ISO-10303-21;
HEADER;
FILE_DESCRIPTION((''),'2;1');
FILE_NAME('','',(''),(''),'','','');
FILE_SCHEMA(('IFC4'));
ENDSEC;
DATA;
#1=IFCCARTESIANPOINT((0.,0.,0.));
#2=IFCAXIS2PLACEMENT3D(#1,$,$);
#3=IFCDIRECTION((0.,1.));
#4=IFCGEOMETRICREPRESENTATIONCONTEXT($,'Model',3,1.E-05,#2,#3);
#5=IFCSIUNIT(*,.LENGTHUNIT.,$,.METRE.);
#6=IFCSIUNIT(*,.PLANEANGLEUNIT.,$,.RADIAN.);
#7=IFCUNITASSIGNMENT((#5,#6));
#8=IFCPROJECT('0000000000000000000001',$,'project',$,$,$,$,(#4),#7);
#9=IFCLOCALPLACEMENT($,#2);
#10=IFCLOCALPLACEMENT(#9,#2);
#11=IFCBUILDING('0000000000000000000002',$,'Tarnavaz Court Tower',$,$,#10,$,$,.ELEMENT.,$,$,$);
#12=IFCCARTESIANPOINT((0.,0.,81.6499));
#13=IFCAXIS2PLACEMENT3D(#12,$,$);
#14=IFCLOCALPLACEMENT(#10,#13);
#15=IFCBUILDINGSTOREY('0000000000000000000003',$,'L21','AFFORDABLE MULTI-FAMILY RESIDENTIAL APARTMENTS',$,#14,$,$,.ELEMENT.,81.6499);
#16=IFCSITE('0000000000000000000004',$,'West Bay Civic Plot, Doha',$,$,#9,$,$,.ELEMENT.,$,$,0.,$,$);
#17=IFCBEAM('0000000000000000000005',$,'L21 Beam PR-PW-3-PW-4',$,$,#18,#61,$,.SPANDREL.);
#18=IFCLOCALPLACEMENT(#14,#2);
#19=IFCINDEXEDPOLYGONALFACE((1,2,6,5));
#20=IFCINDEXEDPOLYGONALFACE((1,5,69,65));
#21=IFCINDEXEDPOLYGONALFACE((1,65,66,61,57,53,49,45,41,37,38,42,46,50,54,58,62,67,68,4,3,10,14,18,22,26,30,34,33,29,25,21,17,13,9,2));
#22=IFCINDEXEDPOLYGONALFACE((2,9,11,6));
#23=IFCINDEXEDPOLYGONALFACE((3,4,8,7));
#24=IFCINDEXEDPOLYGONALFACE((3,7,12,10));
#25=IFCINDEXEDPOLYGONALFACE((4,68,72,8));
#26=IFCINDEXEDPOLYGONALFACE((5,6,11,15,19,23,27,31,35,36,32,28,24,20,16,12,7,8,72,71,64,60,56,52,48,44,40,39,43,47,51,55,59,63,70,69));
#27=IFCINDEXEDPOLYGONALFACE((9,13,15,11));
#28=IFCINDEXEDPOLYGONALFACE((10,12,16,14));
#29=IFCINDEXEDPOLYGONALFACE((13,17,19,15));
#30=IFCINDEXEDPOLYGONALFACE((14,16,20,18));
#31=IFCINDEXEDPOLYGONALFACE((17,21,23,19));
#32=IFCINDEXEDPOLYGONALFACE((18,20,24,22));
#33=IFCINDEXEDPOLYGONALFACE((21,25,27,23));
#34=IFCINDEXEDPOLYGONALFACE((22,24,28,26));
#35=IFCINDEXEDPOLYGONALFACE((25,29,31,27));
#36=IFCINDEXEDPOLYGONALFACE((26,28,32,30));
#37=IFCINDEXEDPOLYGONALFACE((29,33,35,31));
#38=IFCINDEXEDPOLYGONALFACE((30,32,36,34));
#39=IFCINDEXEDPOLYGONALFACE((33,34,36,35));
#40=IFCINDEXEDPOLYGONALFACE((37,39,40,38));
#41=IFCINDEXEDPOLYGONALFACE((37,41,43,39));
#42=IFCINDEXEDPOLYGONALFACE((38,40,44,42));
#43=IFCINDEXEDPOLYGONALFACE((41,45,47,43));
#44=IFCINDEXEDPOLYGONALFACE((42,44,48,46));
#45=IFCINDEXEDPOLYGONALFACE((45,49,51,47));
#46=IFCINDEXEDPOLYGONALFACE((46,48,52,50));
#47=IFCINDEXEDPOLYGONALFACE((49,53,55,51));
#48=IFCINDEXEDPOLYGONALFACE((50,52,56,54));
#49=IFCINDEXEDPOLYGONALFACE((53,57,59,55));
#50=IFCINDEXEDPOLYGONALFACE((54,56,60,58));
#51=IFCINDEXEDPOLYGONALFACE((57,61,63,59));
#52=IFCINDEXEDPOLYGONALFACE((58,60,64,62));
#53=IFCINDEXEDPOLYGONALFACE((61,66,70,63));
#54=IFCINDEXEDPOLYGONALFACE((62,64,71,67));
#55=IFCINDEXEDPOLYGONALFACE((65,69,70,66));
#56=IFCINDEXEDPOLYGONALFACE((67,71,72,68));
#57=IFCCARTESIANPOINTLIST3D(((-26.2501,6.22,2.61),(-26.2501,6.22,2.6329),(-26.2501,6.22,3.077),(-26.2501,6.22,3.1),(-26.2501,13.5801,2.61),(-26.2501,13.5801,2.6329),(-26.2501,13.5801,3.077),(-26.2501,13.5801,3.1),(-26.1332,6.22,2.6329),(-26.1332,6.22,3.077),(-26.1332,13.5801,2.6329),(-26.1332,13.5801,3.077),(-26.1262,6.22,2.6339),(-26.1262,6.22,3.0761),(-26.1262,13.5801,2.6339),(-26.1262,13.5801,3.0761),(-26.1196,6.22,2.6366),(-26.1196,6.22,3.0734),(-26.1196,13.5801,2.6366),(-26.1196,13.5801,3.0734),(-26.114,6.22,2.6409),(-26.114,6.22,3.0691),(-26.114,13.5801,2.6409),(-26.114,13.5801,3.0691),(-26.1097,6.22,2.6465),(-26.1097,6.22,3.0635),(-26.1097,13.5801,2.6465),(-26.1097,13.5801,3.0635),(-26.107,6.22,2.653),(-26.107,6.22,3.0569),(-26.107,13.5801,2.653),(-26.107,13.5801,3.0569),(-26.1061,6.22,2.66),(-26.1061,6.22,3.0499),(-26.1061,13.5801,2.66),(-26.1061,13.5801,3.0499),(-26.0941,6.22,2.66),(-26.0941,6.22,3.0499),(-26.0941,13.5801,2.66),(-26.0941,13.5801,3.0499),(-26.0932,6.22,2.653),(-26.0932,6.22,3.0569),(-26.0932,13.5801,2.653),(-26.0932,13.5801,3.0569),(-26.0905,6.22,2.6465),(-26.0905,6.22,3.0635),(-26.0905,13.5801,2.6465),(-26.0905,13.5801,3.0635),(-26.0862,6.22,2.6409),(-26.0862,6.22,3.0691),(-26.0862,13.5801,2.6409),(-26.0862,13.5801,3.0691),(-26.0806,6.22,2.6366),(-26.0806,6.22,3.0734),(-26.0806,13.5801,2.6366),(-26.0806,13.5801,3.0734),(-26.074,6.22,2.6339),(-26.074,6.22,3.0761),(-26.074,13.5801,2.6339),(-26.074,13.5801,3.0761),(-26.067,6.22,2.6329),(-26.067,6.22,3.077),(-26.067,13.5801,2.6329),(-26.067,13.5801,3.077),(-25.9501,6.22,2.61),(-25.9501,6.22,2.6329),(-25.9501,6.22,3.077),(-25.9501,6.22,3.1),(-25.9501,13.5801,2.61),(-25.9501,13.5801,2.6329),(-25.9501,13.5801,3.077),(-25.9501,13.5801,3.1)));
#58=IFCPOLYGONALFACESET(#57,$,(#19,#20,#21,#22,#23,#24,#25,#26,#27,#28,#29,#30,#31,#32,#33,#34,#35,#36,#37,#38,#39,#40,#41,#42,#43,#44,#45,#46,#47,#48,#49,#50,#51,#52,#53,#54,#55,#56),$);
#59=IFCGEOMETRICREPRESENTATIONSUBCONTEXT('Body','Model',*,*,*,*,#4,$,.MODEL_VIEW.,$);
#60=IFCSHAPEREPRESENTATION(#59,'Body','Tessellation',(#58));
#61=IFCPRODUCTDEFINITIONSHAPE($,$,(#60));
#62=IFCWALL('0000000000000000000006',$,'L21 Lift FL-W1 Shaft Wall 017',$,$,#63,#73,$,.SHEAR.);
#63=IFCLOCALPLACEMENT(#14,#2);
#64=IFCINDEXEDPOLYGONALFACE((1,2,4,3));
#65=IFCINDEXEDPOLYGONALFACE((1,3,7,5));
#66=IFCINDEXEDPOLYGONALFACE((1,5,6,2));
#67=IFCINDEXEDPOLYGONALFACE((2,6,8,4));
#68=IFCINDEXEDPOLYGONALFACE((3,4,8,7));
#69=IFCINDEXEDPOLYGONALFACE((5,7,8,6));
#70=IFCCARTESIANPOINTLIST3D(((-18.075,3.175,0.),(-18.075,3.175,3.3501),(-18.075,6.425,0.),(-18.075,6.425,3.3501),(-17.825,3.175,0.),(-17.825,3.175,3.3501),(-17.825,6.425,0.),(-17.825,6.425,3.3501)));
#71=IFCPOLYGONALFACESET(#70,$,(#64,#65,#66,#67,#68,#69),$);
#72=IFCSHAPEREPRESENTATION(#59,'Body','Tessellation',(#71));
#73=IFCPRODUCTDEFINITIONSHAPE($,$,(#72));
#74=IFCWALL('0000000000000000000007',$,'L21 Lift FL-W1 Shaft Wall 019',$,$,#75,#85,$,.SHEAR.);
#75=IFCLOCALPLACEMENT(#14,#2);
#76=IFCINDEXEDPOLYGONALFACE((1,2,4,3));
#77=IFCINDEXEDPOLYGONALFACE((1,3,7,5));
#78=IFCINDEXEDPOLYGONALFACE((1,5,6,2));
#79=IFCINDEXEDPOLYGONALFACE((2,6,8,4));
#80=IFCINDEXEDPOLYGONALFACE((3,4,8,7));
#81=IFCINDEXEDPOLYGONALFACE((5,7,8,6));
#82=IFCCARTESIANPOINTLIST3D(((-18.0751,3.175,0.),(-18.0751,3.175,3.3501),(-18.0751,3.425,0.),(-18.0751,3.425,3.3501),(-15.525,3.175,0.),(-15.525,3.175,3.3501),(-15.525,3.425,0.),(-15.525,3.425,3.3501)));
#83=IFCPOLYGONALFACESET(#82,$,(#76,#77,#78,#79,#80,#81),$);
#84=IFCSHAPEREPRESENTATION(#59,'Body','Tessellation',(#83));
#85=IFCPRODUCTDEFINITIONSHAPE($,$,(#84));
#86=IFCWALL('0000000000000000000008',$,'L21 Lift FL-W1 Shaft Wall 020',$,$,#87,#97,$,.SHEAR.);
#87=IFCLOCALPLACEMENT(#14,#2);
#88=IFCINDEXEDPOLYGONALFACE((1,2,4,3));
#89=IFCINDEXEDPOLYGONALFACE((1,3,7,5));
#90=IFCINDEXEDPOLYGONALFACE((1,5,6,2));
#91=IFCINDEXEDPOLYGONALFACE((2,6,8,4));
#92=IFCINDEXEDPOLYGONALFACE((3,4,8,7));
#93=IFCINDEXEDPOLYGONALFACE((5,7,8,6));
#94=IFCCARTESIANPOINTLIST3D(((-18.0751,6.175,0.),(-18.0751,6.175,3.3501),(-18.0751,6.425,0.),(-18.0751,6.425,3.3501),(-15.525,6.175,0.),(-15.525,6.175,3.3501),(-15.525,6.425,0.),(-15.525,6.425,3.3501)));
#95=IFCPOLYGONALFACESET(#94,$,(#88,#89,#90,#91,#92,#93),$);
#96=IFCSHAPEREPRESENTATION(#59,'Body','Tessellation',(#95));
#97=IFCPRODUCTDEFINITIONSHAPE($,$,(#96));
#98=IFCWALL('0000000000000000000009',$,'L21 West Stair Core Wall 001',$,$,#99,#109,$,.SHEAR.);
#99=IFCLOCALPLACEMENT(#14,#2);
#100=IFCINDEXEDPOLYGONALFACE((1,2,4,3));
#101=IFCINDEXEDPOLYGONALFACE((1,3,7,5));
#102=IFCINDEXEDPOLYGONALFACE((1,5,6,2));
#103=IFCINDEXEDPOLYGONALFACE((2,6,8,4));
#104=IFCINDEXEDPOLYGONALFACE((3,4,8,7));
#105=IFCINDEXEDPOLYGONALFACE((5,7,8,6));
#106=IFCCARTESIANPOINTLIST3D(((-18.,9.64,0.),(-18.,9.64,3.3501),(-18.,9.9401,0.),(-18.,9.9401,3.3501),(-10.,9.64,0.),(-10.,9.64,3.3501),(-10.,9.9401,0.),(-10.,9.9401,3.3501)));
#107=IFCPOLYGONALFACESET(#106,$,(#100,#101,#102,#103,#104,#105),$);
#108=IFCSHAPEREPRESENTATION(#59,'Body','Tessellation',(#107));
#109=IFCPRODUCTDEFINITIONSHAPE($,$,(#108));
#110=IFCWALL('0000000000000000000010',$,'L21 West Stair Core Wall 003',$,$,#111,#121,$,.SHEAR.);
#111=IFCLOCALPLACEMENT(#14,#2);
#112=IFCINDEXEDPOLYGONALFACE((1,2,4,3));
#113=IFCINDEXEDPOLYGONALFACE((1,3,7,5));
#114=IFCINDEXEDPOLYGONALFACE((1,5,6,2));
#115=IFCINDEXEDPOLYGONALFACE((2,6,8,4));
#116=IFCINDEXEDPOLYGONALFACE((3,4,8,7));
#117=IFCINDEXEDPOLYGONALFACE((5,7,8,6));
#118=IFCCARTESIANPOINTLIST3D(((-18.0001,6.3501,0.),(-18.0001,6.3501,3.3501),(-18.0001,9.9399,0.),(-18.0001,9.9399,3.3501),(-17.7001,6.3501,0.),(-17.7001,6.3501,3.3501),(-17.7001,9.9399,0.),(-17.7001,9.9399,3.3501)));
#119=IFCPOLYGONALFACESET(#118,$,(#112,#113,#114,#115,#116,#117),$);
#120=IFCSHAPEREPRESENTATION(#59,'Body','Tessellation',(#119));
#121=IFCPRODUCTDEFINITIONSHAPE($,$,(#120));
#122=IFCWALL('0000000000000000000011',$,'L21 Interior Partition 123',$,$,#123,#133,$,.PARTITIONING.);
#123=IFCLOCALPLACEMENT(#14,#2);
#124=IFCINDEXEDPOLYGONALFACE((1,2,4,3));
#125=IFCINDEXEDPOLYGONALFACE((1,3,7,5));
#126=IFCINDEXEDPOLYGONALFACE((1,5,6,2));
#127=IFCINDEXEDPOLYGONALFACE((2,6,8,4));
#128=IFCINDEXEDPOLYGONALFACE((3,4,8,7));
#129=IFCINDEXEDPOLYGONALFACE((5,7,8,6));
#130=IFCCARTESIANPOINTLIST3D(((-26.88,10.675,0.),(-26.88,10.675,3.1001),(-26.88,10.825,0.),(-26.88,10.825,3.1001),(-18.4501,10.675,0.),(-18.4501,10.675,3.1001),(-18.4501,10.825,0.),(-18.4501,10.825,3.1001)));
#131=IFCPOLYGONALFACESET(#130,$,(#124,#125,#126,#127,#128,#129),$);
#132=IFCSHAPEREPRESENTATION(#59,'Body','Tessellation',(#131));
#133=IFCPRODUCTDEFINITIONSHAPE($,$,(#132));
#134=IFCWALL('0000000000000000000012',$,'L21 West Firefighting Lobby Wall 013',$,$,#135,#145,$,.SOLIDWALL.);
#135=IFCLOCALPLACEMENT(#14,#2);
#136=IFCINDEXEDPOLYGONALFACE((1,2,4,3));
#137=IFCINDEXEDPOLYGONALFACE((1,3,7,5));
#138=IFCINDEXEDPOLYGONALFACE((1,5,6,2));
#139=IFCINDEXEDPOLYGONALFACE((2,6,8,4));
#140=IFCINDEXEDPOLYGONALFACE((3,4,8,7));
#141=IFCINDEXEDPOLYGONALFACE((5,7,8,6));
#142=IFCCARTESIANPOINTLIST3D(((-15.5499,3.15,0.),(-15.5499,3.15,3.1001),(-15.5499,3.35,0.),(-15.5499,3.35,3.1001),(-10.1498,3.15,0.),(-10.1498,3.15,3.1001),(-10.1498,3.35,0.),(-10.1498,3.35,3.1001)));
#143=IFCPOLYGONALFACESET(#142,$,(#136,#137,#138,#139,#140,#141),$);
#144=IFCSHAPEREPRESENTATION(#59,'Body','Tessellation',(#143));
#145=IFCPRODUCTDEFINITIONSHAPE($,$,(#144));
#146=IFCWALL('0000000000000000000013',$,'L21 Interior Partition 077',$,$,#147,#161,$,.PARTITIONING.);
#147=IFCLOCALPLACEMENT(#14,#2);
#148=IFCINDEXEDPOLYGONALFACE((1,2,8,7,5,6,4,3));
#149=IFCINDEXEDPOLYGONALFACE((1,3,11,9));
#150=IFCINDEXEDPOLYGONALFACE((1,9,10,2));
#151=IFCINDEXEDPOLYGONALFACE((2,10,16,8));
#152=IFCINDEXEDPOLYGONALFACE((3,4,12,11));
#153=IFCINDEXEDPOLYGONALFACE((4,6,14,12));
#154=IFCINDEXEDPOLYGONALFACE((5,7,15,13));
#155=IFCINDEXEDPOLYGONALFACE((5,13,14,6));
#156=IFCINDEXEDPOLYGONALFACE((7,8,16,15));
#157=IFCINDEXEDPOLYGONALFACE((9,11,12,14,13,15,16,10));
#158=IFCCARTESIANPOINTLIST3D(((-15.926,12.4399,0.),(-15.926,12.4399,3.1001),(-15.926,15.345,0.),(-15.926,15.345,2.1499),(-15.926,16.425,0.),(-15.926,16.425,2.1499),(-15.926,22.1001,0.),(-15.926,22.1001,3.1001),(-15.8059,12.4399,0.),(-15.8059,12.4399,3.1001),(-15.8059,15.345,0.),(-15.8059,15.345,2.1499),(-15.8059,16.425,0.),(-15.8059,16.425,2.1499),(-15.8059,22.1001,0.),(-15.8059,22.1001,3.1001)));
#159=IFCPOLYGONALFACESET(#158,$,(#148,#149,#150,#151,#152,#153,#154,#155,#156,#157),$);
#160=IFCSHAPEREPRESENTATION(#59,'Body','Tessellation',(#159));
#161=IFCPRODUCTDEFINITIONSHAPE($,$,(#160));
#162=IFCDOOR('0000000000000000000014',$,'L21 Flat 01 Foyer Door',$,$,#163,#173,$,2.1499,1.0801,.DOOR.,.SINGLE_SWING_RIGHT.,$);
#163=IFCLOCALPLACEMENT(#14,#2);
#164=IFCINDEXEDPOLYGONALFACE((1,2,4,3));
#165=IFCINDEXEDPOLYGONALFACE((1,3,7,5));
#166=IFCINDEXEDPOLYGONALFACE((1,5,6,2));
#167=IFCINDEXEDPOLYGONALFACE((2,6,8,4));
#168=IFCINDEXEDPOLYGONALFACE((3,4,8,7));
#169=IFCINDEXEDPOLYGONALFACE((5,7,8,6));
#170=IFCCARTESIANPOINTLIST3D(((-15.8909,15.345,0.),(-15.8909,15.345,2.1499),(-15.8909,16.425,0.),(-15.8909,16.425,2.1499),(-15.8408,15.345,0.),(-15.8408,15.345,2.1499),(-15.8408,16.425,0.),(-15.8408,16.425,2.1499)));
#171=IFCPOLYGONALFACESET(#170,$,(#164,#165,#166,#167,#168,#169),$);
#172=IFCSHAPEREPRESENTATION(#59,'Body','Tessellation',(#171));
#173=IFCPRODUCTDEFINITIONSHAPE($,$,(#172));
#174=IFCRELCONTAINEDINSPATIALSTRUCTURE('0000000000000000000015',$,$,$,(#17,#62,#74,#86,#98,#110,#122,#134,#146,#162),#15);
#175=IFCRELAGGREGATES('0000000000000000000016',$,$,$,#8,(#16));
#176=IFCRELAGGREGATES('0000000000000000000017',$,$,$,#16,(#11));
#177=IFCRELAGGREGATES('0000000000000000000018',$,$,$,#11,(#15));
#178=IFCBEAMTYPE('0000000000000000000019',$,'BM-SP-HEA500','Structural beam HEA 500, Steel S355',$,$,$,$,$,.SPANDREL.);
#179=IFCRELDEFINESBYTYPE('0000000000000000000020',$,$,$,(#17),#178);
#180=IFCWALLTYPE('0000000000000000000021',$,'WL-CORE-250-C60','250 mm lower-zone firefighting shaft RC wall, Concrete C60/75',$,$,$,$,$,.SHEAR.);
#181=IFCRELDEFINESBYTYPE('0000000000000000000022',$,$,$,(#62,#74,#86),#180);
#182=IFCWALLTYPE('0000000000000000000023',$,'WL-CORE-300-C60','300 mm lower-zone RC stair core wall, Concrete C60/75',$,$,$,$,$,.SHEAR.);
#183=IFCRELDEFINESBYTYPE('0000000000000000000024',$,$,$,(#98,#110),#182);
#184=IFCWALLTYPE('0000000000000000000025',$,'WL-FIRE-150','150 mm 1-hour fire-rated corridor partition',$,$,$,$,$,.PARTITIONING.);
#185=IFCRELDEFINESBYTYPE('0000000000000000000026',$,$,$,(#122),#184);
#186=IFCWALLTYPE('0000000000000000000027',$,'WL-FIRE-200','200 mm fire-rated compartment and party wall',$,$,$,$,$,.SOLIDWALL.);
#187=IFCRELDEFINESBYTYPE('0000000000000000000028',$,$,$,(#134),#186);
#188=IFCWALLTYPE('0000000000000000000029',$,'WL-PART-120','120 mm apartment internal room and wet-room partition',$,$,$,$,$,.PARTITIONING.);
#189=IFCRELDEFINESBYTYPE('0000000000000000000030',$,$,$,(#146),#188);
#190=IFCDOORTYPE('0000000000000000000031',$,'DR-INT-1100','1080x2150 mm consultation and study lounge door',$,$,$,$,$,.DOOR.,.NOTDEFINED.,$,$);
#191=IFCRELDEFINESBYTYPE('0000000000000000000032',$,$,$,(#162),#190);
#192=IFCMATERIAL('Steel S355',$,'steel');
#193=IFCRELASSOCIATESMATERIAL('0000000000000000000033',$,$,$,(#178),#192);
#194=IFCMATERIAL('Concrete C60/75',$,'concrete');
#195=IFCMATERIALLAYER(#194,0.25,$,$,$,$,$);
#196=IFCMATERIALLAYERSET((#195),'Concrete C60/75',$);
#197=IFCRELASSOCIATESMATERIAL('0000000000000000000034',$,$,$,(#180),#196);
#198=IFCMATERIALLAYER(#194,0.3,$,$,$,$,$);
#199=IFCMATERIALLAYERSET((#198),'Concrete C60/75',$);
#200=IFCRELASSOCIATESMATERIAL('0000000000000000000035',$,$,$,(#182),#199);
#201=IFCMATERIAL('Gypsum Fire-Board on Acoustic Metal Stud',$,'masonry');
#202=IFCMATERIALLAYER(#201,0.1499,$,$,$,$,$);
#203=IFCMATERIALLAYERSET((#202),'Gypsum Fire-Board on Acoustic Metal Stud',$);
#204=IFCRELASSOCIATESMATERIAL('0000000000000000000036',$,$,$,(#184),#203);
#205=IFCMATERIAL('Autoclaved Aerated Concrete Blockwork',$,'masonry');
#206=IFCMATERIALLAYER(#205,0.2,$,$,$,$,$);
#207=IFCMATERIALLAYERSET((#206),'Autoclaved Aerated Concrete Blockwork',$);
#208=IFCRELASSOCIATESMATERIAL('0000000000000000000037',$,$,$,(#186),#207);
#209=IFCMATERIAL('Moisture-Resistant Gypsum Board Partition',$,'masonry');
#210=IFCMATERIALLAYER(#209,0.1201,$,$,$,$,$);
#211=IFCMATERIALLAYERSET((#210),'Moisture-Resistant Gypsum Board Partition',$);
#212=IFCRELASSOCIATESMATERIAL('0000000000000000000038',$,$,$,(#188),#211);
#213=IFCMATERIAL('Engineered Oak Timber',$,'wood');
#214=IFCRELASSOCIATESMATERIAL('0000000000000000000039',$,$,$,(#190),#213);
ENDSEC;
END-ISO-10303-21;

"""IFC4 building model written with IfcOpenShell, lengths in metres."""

from ifc_helpers import new_model, si_unit, direction, frame, frame_2d, origin, origin_2d, place, context, subcontext, project, spatial, rectangle, i_section, extrude, material, layer, layer_set, material_profile, profile_set, type_object, element, fill, save


model = new_model("IFC4")

# Units and contexts
model_context = context("Model", 3, precision=1e-05, world=origin(), true_north=direction((0.0, 1.0)))
body_context = subcontext(model_context, "Body", "Model", "MODEL_VIEW")
ifc_project = project(units=[si_unit("LENGTHUNIT", "METRE"), si_unit("PLANEANGLEUNIT", "RADIAN")], contexts=[model_context])

# Site, building, storey
site_placement = place(None, origin())
site = spatial("IfcSite", under=ifc_project, at=site_placement, Name="West Bay Civic Plot, Doha", CompositionType="ELEMENT", RefElevation=0.0)
building_placement = place(site_placement, origin())
building = spatial("IfcBuilding", under=site, at=building_placement, Name="Tarnavaz Court Tower", CompositionType="ELEMENT")
storey_placement = place(building_placement, frame((0.0, 0.0, 81.6499)))
storey = spatial("IfcBuildingStorey", under=building, at=storey_placement, Name="L21", Description="AFFORDABLE MULTI-FAMILY RESIDENTIAL APARTMENTS", CompositionType="ELEMENT", Elevation=81.6499)

# Shared definitions
ifc_material_1 = material(Name="Concrete C60/75", Category="concrete")

# Beam
ifc_material_2 = material(Name="Steel S355", Category="steel")
ifc_material_profile_1 = material_profile(ifc_material_2, i_section(OverallWidth=0.3, OverallDepth=0.49, WebThickness=0.012, FlangeThickness=0.0229, FilletRadius=0.0271, at=origin_2d()), Name="HEA 500")
ifc_profile_set_1 = profile_set([ifc_material_profile_1], Name="Steel S355")
beam_type_1 = type_object("IfcBeamType", Name="BM-SP-HEA500", Description="Structural beam HEA 500, Steel S355", PredefinedType="SPANDREL", material=ifc_profile_set_1)
beam_1_placement = place(storey_placement, frame((-26.1001, 6.22, 2.855), z_axis=(0.0, 1.0, 0.0), x_axis=(-1.0, 0.0, 0.0)))
element("IfcBeam", 1, at=beam_1_placement, inside=storey, type_object=beam_type_1, Name="L21 Beam PR-PW-3-PW-4", PredefinedType="SPANDREL", context=body_context, shape_type="SweptSolid", body=[
    extrude(i_section(OverallWidth=0.3, OverallDepth=0.49, WebThickness=0.012, FlangeThickness=0.0229, FilletRadius=0.0271, at=origin_2d()), origin(), (0.0, 0.0, 1.0), 7.3601),
])

# Wall
ifc_layer_1 = layer(ifc_material_1, 0.25)
ifc_layer_set_1 = layer_set([ifc_layer_1], Name="Concrete C60/75")
wall_type_1 = type_object("IfcWallType", Name="WL-CORE-250-C60", Description="250 mm lower-zone firefighting shaft RC wall, Concrete C60/75", PredefinedType="SHEAR", material=ifc_layer_set_1)
wall_1_placement = place(storey_placement, frame((-17.95, 3.175, 0.0), z_axis=(0.0, 0.0, 1.0), x_axis=(0.0, 1.0, 0.0)))
element("IfcWall", 2, at=wall_1_placement, inside=storey, type_object=wall_type_1, Name="L21 Lift FL-W1 Shaft Wall 017", PredefinedType="SHEAR", context=body_context, shape_type="SweptSolid", body=[
    extrude(rectangle(XDim=3.25, YDim=0.25, at=frame_2d((1.625, 0.0))), origin(), (0.0, 0.0, 1.0), 3.3501),
])

# Walls
for number, where, z_axis, x_axis, name in (
    (3, (-18.075, 3.3, 0.0), (0.0, 0.0, 1.0), (1.0, 0.0, 0.0), "L21 Lift FL-W1 Shaft Wall 019"),
    (4, (-18.075, 6.3, 0.0), (0.0, 0.0, 1.0), (1.0, 0.0, 0.0), "L21 Lift FL-W1 Shaft Wall 020"),
):
    element("IfcWall", number, at=place(storey_placement, frame(where, z_axis=z_axis, x_axis=x_axis)), inside=storey, type_object=wall_type_1, Name=name, PredefinedType="SHEAR", context=body_context, shape_type="SweptSolid", body=[
        extrude(rectangle(XDim=2.55, YDim=0.25, at=frame_2d((1.2749, 0.0))), origin(), (0.0, 0.0, 1.0), 3.3501),
    ])
ifc_layer_2 = layer(ifc_material_1, 0.3)
ifc_layer_set_2 = layer_set([ifc_layer_2], Name="Concrete C60/75")
wall_type_2 = type_object("IfcWallType", Name="WL-CORE-300-C60", Description="300 mm lower-zone RC stair core wall, Concrete C60/75", PredefinedType="SHEAR", material=ifc_layer_set_2)
wall_2_placement = place(storey_placement, frame((-18.0, 9.79, 0.0), z_axis=(0.0, 0.0, 1.0), x_axis=(1.0, 0.0, 0.0)))
element("IfcWall", 5, at=wall_2_placement, inside=storey, type_object=wall_type_2, Name="L21 West Stair Core Wall 001", PredefinedType="SHEAR", context=body_context, shape_type="SweptSolid", body=[
    extrude(rectangle(XDim=8.0, YDim=0.3, at=frame_2d((4.0, 0.0))), origin(), (0.0, 0.0, 1.0), 3.3501),
])

# Walls
wall_3_placement = place(storey_placement, frame((-17.8501, 6.3501, 0.0), z_axis=(0.0, 0.0, 1.0), x_axis=(0.0, 1.0, 0.0)))
element("IfcWall", 6, at=wall_3_placement, inside=storey, type_object=wall_type_2, Name="L21 West Stair Core Wall 003", PredefinedType="SHEAR", context=body_context, shape_type="SweptSolid", body=[
    extrude(rectangle(XDim=3.5898, YDim=0.3, at=frame_2d((1.7949, 0.0))), origin(), (0.0, 0.0, 1.0), 3.3501),
])
ifc_material_3 = material(Name="Gypsum Fire-Board on Acoustic Metal Stud", Category="masonry")
ifc_layer_3 = layer(ifc_material_3, 0.1499)
ifc_layer_set_3 = layer_set([ifc_layer_3], Name="Gypsum Fire-Board on Acoustic Metal Stud")
wall_type_3 = type_object("IfcWallType", Name="WL-FIRE-150", Description="150 mm 1-hour fire-rated corridor partition", PredefinedType="PARTITIONING", material=ifc_layer_set_3)
wall_4_placement = place(storey_placement, frame((-26.8799, 10.75, 0.0), z_axis=(0.0, 0.0, 1.0), x_axis=(1.0, 0.0, 0.0)))
element("IfcWall", 7, at=wall_4_placement, inside=storey, type_object=wall_type_3, Name="L21 Interior Partition 123", PredefinedType="PARTITIONING", context=body_context, shape_type="SweptSolid", body=[
    extrude(rectangle(XDim=8.4299, YDim=0.1499, at=frame_2d((4.2148, 0.0))), origin(), (0.0, 0.0, 1.0), 3.1001),
])
ifc_material_4 = material(Name="Autoclaved Aerated Concrete Blockwork", Category="masonry")
ifc_layer_4 = layer(ifc_material_4, 0.2)
ifc_layer_set_4 = layer_set([ifc_layer_4], Name="Autoclaved Aerated Concrete Blockwork")
wall_type_4 = type_object("IfcWallType", Name="WL-FIRE-200", Description="200 mm fire-rated compartment and party wall", PredefinedType="SOLIDWALL", material=ifc_layer_set_4)
wall_5_placement = place(storey_placement, frame((-15.55, 3.25, 0.0), z_axis=(0.0, 0.0, 1.0), x_axis=(1.0, 0.0, 0.0)))
element("IfcWall", 8, at=wall_5_placement, inside=storey, type_object=wall_type_4, Name="L21 West Firefighting Lobby Wall 013", PredefinedType="SOLIDWALL", context=body_context, shape_type="SweptSolid", body=[
    extrude(rectangle(XDim=5.4001, YDim=0.2, at=frame_2d((2.7002, 0.0))), origin(), (0.0, 0.0, 1.0), 3.1001),
])

# Wall, opening, door
ifc_material_5 = material(Name="Moisture-Resistant Gypsum Board Partition", Category="masonry")
ifc_layer_5 = layer(ifc_material_5, 0.1201)
ifc_layer_set_5 = layer_set([ifc_layer_5], Name="Moisture-Resistant Gypsum Board Partition")
wall_type_5 = type_object("IfcWallType", Name="WL-PART-120", Description="120 mm apartment internal room and wet-room partition", PredefinedType="PARTITIONING", material=ifc_layer_set_5)
wall_6_placement = place(storey_placement, frame((-15.866, 12.4399, 0.0), z_axis=(0.0, 0.0, 1.0), x_axis=(0.0, 1.0, 0.0)))
wall_6 = element("IfcWall", 9, at=wall_6_placement, inside=storey, type_object=wall_type_5, Name="L21 Interior Partition 077", PredefinedType="PARTITIONING", context=body_context, shape_type="SweptSolid", body=[
    extrude(rectangle(XDim=9.6602, YDim=0.1201, at=frame_2d((4.8301, 0.0))), origin(), (0.0, 0.0, 1.0), 3.1001),
])
opening_1_placement = place(wall_6_placement, frame((2.905, 0.0, 0.0)))
opening_1 = element("IfcOpeningElement", 10, at=opening_1_placement, cuts=wall_6, PredefinedType="OPENING", context=body_context, shape_type="SweptSolid", body=[
    extrude(rectangle(XDim=1.0801, YDim=2.1499, at=frame_2d((0.54, 1.075))), frame((0.0, 0.0701, 0.0), z_axis=(0.0, -1.0, 0.0), x_axis=(1.0, 0.0, 0.0)), (0.0, 0.0, 1.0), 0.1401),
])
ifc_material_6 = material(Name="Engineered Oak Timber", Category="wood")
door_type_1 = type_object("IfcDoorType", Name="DR-INT-1100", Description="1080x2150 mm consultation and study lounge door", OperationType="NOTDEFINED", PredefinedType="DOOR", material=ifc_material_6)
door_1_placement = place(opening_1_placement, origin())
door_1 = element("IfcDoor", 11, at=door_1_placement, inside=storey, type_object=door_type_1, Name="L21 Flat 01 Foyer Door", OperationType="SINGLE_SWING_RIGHT", OverallHeight=2.1499, OverallWidth=1.0801, PredefinedType="DOOR", context=body_context, shape_type="SweptSolid", body=[
    extrude(rectangle(XDim=1.0801, YDim=2.1499, at=frame_2d((0.54, 1.075))), frame((0.0, 0.0249, 0.0), z_axis=(0.0, -1.0, 0.0), x_axis=(1.0, 0.0, 0.0)), (0.0, 0.0, 1.0), 0.05),
])
fill(opening_1, door_1)

save(model, "model.ifc")
